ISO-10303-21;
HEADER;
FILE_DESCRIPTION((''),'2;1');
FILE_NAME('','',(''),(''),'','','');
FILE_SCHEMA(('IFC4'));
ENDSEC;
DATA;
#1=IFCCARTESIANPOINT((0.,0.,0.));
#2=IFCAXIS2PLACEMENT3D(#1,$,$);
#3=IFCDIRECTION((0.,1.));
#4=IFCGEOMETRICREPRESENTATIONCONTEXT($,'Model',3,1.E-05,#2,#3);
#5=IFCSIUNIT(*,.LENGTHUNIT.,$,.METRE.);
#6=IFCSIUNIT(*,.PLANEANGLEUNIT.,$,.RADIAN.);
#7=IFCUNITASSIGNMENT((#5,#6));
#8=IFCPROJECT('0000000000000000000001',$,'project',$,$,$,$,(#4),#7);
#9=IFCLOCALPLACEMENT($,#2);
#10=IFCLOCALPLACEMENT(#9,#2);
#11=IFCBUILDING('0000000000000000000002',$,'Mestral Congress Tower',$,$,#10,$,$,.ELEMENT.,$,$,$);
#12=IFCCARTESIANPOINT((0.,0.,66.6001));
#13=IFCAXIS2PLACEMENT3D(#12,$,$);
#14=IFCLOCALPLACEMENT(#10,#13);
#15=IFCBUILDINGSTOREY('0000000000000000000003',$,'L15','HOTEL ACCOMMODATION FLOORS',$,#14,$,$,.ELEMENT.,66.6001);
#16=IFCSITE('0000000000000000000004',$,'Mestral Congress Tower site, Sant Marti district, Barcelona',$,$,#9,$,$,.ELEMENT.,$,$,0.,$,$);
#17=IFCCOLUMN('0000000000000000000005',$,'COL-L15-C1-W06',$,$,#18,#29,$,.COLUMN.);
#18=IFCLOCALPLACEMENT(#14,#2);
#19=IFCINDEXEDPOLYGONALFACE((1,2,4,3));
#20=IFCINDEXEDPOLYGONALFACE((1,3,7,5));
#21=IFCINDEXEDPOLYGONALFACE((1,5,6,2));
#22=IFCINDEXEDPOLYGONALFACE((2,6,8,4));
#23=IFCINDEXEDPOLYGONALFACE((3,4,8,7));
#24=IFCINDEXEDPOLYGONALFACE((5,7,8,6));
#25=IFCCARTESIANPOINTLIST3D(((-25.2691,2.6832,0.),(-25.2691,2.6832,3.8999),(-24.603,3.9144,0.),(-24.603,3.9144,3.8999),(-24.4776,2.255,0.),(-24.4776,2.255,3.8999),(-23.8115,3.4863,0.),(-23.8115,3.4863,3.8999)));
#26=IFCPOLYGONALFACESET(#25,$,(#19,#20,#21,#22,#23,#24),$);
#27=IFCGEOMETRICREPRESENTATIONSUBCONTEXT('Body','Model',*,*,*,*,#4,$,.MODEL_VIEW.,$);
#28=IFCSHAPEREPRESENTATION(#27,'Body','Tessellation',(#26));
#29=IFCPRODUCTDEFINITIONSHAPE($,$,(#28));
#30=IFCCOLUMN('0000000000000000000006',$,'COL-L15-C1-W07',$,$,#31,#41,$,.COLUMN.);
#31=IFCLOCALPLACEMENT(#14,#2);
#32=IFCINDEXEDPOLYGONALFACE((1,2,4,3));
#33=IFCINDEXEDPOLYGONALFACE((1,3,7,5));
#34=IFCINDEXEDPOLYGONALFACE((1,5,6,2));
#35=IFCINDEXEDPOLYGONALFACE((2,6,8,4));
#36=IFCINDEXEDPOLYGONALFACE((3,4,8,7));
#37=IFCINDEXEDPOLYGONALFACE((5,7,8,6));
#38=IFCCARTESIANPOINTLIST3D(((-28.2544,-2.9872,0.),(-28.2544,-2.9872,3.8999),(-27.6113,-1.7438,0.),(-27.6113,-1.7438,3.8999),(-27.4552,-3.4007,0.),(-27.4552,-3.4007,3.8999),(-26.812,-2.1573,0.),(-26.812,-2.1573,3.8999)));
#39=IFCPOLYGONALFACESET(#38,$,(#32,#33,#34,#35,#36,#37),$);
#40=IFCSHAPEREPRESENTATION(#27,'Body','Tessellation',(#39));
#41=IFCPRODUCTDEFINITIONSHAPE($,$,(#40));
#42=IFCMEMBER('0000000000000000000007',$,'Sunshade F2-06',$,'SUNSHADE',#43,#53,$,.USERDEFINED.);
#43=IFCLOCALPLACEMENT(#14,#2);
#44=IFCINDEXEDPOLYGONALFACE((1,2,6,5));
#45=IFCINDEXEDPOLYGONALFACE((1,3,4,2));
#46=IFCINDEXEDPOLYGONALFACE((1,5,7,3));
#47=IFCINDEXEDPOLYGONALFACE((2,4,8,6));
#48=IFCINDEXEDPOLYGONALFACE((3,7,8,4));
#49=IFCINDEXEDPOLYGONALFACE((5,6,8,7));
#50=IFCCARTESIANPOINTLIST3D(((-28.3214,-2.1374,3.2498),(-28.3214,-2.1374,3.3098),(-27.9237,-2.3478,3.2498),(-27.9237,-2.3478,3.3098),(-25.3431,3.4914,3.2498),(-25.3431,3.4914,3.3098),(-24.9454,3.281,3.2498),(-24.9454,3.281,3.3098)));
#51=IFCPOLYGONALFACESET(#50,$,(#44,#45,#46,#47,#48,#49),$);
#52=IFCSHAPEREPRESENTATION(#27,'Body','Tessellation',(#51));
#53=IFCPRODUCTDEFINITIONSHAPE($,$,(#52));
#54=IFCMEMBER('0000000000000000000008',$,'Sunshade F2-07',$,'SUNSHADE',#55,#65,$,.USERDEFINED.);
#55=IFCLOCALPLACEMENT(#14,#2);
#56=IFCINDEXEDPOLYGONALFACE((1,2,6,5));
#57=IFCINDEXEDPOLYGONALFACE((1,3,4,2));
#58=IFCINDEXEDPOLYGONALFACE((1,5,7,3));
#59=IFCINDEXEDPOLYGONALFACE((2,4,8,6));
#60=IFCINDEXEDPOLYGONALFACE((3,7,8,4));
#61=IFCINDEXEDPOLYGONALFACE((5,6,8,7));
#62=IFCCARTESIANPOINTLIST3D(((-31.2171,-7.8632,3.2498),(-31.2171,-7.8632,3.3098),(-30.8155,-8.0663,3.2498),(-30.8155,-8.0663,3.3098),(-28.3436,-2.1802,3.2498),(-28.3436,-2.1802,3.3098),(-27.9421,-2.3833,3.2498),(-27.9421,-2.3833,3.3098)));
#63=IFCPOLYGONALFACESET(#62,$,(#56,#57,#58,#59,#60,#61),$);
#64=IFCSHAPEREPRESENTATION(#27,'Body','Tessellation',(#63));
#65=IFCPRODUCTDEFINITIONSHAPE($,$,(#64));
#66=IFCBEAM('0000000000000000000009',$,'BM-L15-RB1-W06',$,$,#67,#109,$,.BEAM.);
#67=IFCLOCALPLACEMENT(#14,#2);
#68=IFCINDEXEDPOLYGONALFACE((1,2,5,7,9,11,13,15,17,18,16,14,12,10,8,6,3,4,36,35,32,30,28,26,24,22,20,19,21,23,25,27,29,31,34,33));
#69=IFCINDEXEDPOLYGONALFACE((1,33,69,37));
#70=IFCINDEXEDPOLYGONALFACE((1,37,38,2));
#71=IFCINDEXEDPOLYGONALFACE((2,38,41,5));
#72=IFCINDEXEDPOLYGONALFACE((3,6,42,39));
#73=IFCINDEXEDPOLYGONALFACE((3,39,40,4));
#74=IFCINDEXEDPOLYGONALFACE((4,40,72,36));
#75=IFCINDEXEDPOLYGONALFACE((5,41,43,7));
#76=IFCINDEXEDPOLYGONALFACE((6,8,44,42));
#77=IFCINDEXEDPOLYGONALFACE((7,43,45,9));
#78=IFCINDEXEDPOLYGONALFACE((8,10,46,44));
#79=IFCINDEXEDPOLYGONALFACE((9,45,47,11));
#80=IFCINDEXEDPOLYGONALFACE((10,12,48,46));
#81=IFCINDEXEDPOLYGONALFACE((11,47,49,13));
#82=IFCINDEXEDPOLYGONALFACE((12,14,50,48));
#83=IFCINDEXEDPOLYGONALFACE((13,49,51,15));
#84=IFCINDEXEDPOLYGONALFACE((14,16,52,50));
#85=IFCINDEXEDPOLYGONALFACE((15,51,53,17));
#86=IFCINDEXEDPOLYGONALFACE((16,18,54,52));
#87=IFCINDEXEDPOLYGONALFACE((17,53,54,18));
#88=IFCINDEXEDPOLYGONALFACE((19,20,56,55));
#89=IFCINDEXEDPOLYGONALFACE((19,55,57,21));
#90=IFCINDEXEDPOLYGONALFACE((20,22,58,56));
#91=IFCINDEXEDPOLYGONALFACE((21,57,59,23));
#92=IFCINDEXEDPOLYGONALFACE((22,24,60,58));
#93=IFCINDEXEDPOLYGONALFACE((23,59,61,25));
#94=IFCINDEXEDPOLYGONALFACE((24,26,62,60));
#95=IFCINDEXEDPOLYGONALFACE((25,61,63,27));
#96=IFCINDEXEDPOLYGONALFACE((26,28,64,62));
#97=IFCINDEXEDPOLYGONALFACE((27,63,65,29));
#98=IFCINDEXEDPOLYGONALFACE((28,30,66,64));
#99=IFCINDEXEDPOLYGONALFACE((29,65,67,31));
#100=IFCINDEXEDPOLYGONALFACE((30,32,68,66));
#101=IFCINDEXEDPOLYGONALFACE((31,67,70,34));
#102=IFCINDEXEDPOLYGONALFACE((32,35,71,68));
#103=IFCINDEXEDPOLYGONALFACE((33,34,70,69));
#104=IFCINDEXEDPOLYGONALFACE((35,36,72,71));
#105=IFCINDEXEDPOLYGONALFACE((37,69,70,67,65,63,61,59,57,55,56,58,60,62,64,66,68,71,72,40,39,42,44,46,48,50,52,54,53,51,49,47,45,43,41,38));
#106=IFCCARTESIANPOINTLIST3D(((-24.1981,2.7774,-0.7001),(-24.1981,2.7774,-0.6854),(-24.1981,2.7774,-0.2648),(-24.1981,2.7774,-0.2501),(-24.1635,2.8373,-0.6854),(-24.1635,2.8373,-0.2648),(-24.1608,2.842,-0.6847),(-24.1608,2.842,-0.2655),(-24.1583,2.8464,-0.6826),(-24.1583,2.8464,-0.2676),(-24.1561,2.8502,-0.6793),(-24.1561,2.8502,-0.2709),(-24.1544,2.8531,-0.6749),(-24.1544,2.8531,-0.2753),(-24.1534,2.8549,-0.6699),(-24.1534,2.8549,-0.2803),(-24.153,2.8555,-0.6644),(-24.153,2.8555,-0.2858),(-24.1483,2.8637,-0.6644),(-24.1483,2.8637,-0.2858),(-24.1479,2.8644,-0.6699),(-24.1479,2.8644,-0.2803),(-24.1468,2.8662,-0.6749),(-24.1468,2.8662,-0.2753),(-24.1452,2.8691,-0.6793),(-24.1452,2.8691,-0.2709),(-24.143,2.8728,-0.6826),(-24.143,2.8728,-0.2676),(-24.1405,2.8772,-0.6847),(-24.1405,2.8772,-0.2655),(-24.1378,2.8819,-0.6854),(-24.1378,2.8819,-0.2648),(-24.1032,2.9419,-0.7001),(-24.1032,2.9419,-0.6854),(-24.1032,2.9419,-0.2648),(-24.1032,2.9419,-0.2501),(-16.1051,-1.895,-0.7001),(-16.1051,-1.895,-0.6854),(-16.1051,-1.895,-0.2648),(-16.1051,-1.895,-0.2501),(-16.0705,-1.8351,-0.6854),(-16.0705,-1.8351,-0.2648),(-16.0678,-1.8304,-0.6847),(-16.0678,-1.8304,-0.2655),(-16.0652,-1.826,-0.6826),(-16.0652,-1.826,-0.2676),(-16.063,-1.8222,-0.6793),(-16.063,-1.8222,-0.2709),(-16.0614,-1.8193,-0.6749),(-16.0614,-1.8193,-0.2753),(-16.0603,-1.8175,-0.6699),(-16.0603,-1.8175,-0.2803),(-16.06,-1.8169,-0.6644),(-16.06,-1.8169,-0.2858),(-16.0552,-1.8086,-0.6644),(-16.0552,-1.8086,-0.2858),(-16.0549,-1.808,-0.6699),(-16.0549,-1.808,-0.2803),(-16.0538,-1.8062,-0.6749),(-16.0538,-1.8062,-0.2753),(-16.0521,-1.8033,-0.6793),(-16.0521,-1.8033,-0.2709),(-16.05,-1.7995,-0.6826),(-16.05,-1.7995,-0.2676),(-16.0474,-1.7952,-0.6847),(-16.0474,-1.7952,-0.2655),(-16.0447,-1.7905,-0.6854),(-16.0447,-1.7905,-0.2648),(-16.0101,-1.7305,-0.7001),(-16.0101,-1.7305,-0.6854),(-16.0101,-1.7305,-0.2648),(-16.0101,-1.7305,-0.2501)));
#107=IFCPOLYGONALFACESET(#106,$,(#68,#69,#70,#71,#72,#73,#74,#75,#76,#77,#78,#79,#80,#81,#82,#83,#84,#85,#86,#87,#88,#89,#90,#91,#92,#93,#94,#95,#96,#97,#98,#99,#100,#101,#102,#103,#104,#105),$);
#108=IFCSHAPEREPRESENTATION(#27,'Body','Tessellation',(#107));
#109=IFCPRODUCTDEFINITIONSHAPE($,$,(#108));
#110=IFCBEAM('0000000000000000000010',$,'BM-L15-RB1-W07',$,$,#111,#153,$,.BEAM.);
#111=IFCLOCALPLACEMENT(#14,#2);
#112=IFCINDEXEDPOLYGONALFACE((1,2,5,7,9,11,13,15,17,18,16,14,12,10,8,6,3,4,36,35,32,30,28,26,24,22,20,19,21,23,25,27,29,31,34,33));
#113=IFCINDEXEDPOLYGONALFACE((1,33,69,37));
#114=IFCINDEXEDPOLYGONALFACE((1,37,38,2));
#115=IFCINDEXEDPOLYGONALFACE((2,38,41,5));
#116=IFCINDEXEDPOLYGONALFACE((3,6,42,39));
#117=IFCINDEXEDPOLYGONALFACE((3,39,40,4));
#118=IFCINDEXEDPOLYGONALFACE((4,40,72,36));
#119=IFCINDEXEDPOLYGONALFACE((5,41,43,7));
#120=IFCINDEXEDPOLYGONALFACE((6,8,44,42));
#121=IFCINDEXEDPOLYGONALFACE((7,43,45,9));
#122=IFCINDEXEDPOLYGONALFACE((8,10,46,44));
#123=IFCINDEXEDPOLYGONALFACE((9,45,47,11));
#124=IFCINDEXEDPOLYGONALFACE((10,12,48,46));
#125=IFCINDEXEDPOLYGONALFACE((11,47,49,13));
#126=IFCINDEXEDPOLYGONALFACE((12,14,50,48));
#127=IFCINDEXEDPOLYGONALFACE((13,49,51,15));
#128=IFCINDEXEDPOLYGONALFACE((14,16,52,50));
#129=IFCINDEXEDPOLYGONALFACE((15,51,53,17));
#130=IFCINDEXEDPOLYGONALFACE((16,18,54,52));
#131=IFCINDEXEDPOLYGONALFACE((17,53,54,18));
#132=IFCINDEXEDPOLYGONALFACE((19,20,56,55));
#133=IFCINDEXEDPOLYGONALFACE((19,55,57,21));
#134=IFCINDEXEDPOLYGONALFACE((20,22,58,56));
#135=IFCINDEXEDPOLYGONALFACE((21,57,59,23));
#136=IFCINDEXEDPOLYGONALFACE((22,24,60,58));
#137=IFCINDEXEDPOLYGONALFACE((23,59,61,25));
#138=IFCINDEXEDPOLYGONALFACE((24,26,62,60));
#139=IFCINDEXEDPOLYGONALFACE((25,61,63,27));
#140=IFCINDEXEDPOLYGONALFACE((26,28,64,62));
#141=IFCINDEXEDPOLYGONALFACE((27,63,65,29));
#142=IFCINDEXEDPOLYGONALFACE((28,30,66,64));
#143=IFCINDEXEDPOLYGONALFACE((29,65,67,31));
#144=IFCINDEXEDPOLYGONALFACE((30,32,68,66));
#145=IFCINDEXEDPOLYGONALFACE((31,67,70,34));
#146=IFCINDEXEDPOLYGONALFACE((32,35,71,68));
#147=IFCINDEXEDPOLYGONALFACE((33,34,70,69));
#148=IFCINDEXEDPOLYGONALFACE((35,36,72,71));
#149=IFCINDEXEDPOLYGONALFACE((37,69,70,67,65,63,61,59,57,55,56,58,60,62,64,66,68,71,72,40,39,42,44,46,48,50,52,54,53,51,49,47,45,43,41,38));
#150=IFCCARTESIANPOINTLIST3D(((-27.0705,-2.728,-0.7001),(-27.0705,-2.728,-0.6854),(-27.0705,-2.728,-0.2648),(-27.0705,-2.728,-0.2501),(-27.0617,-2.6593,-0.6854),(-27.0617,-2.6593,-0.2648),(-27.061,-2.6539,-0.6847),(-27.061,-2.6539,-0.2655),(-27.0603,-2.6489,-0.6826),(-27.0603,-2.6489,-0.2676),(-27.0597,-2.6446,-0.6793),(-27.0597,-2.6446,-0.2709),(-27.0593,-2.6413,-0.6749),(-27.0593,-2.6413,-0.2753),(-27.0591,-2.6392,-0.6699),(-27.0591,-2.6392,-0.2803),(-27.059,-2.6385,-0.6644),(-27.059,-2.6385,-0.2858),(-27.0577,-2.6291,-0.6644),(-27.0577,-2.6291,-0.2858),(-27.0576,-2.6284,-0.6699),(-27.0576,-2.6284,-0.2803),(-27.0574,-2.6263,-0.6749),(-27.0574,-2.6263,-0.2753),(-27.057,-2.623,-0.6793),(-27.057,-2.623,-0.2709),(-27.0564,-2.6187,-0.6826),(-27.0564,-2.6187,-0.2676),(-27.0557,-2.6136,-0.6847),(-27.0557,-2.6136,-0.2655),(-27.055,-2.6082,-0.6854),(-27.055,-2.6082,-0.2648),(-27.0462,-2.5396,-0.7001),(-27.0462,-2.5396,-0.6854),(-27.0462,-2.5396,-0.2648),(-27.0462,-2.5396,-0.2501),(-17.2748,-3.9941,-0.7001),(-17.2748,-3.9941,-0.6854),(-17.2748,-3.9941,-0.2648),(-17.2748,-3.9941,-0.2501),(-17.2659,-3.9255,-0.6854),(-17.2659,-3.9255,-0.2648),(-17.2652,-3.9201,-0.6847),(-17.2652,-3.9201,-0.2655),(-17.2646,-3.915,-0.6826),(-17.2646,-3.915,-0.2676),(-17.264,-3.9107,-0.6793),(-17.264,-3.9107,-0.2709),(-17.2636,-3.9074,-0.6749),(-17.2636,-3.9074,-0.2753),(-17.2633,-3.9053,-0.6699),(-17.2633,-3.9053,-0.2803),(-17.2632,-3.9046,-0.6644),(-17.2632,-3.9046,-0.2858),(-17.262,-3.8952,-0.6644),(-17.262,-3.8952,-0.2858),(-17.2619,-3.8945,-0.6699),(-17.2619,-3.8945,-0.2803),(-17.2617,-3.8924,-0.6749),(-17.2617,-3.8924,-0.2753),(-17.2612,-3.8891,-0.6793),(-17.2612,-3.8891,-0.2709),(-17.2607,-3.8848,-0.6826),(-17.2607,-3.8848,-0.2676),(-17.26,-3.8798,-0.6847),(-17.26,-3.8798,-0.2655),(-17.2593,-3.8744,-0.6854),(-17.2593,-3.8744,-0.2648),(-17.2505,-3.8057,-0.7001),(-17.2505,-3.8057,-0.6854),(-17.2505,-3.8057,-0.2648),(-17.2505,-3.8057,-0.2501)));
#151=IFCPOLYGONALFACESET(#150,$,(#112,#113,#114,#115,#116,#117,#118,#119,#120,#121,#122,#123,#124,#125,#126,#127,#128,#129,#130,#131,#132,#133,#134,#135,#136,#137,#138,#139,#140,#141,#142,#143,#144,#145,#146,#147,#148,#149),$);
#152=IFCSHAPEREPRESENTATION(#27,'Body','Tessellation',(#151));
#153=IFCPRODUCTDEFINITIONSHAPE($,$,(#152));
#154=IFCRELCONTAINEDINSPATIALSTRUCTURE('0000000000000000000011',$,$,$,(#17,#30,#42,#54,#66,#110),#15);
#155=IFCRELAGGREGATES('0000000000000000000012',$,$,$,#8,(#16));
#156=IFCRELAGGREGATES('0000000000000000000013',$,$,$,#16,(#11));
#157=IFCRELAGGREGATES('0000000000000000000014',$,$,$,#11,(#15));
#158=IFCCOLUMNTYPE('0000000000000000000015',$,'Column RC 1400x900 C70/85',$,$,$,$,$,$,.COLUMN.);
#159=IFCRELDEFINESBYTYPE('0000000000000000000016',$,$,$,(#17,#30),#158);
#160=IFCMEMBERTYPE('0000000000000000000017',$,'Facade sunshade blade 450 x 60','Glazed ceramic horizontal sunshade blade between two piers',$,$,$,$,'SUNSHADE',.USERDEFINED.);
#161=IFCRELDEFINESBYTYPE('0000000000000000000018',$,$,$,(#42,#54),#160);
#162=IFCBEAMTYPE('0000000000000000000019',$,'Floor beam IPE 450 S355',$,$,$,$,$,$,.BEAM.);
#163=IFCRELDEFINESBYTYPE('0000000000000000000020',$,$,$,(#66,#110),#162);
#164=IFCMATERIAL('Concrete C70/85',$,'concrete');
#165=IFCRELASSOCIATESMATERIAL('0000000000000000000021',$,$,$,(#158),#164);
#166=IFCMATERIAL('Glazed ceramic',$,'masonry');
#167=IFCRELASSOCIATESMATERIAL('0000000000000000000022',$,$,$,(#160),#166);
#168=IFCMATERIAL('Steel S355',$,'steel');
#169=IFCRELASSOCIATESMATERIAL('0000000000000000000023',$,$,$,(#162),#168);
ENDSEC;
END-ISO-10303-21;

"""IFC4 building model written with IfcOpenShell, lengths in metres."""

from ifc_helpers import new_model, si_unit, direction, frame, origin, origin_2d, place, context, subcontext, project, spatial, rectangle, i_section, extrude, material, material_profile, profile_set, type_object, element, save


model = new_model("IFC4")

# Units and contexts
model_context = context("Model", 3, precision=1e-05, world=origin(), true_north=direction((0.0, 1.0)))
body_context = subcontext(model_context, "Body", "Model", "MODEL_VIEW")
ifc_project = project(units=[si_unit("LENGTHUNIT", "METRE"), si_unit("PLANEANGLEUNIT", "RADIAN")], contexts=[model_context])

# Site, building, storey
site_placement = place(None, origin())
site = spatial("IfcSite", under=ifc_project, at=site_placement, Name="Mestral Congress Tower site, Sant Marti district, Barcelona", CompositionType="ELEMENT", RefElevation=0.0)
building_placement = place(site_placement, origin())
building = spatial("IfcBuilding", under=site, at=building_placement, Name="Mestral Congress Tower", CompositionType="ELEMENT")
storey_placement = place(building_placement, frame((0.0, 0.0, 66.6001)))
storey = spatial("IfcBuildingStorey", under=building, at=storey_placement, Name="L15", Description="HOTEL ACCOMMODATION FLOORS", CompositionType="ELEMENT", Elevation=66.6001)

# Columns
ifc_material_1 = material(Name="Concrete C70/85", Category="concrete")
ifc_material_profile_1 = material_profile(ifc_material_1, rectangle(XDim=1.3999, YDim=0.8999, at=origin_2d()), Name="RC 1400x900")
ifc_profile_set_1 = profile_set([ifc_material_profile_1], Name="Concrete C70/85")
column_type = type_object("IfcColumnType", Name="Column RC 1400x900 C70/85", PredefinedType="COLUMN", material=ifc_profile_set_1)
for number, where, z_axis, x_axis, name in (
    (1, (-24.5403, 3.0847, 0.0), (0.0, 0.0, 1.0), (-0.475796, -0.879556, 0.0), "COL-L15-C1-W06"),
    (2, (-27.5332, -2.5723, 0.0), (0.0, 0.0, 1.0), (-0.459456, -0.888201, 0.0), "COL-L15-C1-W07"),
):
    element("IfcColumn", number, at=place(storey_placement, frame(where, z_axis=z_axis, x_axis=x_axis)), inside=storey, type_object=column_type, Name=name, PredefinedType="COLUMN", context=body_context, shape_type="SweptSolid", body=[
        extrude(rectangle(XDim=1.3999, YDim=0.8999, at=origin_2d()), origin(), (0.0, 0.0, 1.0), 3.8999),
    ])

# Members
ifc_material_2 = material(Name="Glazed ceramic", Category="masonry")
ifc_material_profile_2 = material_profile(ifc_material_2, rectangle(XDim=0.45, YDim=0.0601, at=origin_2d()), Name="Ceramic blade 450 x 60")
ifc_profile_set_2 = profile_set([ifc_material_profile_2], Name="Glazed ceramic")
member_type = type_object("IfcMemberType", Name="Facade sunshade blade 450 x 60", Description="Glazed ceramic horizontal sunshade blade between two piers", ElementType="SUNSHADE", PredefinedType="USERDEFINED", material=ifc_profile_set_2)
for number, where, z_axis, x_axis, name in (
    (3, (-25.1443, 3.3862, 3.2798), (-0.467675, -0.883901, 0.0), (0.883901, -0.467675, 0.0), "Sunshade F2-06"),
    (4, (-28.1428, -2.2817, 3.2798), (-0.451227, -0.892409, 0.0), (0.892409, -0.451227, 0.0), "Sunshade F2-07"),
):
    element("IfcMember", number, at=place(storey_placement, frame(where, z_axis=z_axis, x_axis=x_axis)), inside=storey, type_object=member_type, Name=name, ObjectType="SUNSHADE", PredefinedType="USERDEFINED", context=body_context, shape_type="SweptSolid", body=[
        extrude(rectangle(XDim=0.45, YDim=0.0601, at=origin_2d()), origin(), (0.0, 0.0, 1.0), 6.3682),
    ])

# Beams
ifc_material_3 = material(Name="Steel S355", Category="steel")
ifc_material_profile_3 = material_profile(ifc_material_3, i_section(OverallWidth=0.1899, OverallDepth=0.45, WebThickness=0.0095, FlangeThickness=0.0146, FilletRadius=0.021, at=origin_2d()), Name="IPE 450")
ifc_profile_set_3 = profile_set([ifc_material_profile_3], Name="Steel S355")
beam_type_1 = type_object("IfcBeamType", Name="Floor beam IPE 450 S355", PredefinedType="BEAM", material=ifc_profile_set_3)
beam_1_placement = place(storey_placement, frame((-24.1506, 2.8596, -0.4751), z_axis=(0.866032, -0.499989, 0.0), x_axis=(0.499989, 0.866032, 0.0)))
element("IfcBeam", 5, at=beam_1_placement, inside=storey, type_object=beam_type_1, Name="BM-L15-RB1-W06", PredefinedType="BEAM", context=body_context, shape_type="SweptSolid", body=[
    extrude(i_section(OverallWidth=0.1899, OverallDepth=0.45, WebThickness=0.0095, FlangeThickness=0.0146, FilletRadius=0.021, at=origin_2d()), origin(), (0.0, 0.0, 1.0), 9.345),
])
beam_2_placement = place(storey_placement, frame((-27.0583, -2.6338, -0.4751), z_axis=(0.99175, -0.128186, 0.0), x_axis=(0.128186, 0.99175, 0.0)))
element("IfcBeam", 6, at=beam_2_placement, inside=storey, type_object=beam_type_1, Name="BM-L15-RB1-W07", PredefinedType="BEAM", context=body_context, shape_type="SweptSolid", body=[
    extrude(i_section(OverallWidth=0.1899, OverallDepth=0.45, WebThickness=0.0095, FlangeThickness=0.0146, FilletRadius=0.021, at=origin_2d()), origin(), (0.0, 0.0, 1.0), 9.8772),
])

save(model, "model.ifc")
